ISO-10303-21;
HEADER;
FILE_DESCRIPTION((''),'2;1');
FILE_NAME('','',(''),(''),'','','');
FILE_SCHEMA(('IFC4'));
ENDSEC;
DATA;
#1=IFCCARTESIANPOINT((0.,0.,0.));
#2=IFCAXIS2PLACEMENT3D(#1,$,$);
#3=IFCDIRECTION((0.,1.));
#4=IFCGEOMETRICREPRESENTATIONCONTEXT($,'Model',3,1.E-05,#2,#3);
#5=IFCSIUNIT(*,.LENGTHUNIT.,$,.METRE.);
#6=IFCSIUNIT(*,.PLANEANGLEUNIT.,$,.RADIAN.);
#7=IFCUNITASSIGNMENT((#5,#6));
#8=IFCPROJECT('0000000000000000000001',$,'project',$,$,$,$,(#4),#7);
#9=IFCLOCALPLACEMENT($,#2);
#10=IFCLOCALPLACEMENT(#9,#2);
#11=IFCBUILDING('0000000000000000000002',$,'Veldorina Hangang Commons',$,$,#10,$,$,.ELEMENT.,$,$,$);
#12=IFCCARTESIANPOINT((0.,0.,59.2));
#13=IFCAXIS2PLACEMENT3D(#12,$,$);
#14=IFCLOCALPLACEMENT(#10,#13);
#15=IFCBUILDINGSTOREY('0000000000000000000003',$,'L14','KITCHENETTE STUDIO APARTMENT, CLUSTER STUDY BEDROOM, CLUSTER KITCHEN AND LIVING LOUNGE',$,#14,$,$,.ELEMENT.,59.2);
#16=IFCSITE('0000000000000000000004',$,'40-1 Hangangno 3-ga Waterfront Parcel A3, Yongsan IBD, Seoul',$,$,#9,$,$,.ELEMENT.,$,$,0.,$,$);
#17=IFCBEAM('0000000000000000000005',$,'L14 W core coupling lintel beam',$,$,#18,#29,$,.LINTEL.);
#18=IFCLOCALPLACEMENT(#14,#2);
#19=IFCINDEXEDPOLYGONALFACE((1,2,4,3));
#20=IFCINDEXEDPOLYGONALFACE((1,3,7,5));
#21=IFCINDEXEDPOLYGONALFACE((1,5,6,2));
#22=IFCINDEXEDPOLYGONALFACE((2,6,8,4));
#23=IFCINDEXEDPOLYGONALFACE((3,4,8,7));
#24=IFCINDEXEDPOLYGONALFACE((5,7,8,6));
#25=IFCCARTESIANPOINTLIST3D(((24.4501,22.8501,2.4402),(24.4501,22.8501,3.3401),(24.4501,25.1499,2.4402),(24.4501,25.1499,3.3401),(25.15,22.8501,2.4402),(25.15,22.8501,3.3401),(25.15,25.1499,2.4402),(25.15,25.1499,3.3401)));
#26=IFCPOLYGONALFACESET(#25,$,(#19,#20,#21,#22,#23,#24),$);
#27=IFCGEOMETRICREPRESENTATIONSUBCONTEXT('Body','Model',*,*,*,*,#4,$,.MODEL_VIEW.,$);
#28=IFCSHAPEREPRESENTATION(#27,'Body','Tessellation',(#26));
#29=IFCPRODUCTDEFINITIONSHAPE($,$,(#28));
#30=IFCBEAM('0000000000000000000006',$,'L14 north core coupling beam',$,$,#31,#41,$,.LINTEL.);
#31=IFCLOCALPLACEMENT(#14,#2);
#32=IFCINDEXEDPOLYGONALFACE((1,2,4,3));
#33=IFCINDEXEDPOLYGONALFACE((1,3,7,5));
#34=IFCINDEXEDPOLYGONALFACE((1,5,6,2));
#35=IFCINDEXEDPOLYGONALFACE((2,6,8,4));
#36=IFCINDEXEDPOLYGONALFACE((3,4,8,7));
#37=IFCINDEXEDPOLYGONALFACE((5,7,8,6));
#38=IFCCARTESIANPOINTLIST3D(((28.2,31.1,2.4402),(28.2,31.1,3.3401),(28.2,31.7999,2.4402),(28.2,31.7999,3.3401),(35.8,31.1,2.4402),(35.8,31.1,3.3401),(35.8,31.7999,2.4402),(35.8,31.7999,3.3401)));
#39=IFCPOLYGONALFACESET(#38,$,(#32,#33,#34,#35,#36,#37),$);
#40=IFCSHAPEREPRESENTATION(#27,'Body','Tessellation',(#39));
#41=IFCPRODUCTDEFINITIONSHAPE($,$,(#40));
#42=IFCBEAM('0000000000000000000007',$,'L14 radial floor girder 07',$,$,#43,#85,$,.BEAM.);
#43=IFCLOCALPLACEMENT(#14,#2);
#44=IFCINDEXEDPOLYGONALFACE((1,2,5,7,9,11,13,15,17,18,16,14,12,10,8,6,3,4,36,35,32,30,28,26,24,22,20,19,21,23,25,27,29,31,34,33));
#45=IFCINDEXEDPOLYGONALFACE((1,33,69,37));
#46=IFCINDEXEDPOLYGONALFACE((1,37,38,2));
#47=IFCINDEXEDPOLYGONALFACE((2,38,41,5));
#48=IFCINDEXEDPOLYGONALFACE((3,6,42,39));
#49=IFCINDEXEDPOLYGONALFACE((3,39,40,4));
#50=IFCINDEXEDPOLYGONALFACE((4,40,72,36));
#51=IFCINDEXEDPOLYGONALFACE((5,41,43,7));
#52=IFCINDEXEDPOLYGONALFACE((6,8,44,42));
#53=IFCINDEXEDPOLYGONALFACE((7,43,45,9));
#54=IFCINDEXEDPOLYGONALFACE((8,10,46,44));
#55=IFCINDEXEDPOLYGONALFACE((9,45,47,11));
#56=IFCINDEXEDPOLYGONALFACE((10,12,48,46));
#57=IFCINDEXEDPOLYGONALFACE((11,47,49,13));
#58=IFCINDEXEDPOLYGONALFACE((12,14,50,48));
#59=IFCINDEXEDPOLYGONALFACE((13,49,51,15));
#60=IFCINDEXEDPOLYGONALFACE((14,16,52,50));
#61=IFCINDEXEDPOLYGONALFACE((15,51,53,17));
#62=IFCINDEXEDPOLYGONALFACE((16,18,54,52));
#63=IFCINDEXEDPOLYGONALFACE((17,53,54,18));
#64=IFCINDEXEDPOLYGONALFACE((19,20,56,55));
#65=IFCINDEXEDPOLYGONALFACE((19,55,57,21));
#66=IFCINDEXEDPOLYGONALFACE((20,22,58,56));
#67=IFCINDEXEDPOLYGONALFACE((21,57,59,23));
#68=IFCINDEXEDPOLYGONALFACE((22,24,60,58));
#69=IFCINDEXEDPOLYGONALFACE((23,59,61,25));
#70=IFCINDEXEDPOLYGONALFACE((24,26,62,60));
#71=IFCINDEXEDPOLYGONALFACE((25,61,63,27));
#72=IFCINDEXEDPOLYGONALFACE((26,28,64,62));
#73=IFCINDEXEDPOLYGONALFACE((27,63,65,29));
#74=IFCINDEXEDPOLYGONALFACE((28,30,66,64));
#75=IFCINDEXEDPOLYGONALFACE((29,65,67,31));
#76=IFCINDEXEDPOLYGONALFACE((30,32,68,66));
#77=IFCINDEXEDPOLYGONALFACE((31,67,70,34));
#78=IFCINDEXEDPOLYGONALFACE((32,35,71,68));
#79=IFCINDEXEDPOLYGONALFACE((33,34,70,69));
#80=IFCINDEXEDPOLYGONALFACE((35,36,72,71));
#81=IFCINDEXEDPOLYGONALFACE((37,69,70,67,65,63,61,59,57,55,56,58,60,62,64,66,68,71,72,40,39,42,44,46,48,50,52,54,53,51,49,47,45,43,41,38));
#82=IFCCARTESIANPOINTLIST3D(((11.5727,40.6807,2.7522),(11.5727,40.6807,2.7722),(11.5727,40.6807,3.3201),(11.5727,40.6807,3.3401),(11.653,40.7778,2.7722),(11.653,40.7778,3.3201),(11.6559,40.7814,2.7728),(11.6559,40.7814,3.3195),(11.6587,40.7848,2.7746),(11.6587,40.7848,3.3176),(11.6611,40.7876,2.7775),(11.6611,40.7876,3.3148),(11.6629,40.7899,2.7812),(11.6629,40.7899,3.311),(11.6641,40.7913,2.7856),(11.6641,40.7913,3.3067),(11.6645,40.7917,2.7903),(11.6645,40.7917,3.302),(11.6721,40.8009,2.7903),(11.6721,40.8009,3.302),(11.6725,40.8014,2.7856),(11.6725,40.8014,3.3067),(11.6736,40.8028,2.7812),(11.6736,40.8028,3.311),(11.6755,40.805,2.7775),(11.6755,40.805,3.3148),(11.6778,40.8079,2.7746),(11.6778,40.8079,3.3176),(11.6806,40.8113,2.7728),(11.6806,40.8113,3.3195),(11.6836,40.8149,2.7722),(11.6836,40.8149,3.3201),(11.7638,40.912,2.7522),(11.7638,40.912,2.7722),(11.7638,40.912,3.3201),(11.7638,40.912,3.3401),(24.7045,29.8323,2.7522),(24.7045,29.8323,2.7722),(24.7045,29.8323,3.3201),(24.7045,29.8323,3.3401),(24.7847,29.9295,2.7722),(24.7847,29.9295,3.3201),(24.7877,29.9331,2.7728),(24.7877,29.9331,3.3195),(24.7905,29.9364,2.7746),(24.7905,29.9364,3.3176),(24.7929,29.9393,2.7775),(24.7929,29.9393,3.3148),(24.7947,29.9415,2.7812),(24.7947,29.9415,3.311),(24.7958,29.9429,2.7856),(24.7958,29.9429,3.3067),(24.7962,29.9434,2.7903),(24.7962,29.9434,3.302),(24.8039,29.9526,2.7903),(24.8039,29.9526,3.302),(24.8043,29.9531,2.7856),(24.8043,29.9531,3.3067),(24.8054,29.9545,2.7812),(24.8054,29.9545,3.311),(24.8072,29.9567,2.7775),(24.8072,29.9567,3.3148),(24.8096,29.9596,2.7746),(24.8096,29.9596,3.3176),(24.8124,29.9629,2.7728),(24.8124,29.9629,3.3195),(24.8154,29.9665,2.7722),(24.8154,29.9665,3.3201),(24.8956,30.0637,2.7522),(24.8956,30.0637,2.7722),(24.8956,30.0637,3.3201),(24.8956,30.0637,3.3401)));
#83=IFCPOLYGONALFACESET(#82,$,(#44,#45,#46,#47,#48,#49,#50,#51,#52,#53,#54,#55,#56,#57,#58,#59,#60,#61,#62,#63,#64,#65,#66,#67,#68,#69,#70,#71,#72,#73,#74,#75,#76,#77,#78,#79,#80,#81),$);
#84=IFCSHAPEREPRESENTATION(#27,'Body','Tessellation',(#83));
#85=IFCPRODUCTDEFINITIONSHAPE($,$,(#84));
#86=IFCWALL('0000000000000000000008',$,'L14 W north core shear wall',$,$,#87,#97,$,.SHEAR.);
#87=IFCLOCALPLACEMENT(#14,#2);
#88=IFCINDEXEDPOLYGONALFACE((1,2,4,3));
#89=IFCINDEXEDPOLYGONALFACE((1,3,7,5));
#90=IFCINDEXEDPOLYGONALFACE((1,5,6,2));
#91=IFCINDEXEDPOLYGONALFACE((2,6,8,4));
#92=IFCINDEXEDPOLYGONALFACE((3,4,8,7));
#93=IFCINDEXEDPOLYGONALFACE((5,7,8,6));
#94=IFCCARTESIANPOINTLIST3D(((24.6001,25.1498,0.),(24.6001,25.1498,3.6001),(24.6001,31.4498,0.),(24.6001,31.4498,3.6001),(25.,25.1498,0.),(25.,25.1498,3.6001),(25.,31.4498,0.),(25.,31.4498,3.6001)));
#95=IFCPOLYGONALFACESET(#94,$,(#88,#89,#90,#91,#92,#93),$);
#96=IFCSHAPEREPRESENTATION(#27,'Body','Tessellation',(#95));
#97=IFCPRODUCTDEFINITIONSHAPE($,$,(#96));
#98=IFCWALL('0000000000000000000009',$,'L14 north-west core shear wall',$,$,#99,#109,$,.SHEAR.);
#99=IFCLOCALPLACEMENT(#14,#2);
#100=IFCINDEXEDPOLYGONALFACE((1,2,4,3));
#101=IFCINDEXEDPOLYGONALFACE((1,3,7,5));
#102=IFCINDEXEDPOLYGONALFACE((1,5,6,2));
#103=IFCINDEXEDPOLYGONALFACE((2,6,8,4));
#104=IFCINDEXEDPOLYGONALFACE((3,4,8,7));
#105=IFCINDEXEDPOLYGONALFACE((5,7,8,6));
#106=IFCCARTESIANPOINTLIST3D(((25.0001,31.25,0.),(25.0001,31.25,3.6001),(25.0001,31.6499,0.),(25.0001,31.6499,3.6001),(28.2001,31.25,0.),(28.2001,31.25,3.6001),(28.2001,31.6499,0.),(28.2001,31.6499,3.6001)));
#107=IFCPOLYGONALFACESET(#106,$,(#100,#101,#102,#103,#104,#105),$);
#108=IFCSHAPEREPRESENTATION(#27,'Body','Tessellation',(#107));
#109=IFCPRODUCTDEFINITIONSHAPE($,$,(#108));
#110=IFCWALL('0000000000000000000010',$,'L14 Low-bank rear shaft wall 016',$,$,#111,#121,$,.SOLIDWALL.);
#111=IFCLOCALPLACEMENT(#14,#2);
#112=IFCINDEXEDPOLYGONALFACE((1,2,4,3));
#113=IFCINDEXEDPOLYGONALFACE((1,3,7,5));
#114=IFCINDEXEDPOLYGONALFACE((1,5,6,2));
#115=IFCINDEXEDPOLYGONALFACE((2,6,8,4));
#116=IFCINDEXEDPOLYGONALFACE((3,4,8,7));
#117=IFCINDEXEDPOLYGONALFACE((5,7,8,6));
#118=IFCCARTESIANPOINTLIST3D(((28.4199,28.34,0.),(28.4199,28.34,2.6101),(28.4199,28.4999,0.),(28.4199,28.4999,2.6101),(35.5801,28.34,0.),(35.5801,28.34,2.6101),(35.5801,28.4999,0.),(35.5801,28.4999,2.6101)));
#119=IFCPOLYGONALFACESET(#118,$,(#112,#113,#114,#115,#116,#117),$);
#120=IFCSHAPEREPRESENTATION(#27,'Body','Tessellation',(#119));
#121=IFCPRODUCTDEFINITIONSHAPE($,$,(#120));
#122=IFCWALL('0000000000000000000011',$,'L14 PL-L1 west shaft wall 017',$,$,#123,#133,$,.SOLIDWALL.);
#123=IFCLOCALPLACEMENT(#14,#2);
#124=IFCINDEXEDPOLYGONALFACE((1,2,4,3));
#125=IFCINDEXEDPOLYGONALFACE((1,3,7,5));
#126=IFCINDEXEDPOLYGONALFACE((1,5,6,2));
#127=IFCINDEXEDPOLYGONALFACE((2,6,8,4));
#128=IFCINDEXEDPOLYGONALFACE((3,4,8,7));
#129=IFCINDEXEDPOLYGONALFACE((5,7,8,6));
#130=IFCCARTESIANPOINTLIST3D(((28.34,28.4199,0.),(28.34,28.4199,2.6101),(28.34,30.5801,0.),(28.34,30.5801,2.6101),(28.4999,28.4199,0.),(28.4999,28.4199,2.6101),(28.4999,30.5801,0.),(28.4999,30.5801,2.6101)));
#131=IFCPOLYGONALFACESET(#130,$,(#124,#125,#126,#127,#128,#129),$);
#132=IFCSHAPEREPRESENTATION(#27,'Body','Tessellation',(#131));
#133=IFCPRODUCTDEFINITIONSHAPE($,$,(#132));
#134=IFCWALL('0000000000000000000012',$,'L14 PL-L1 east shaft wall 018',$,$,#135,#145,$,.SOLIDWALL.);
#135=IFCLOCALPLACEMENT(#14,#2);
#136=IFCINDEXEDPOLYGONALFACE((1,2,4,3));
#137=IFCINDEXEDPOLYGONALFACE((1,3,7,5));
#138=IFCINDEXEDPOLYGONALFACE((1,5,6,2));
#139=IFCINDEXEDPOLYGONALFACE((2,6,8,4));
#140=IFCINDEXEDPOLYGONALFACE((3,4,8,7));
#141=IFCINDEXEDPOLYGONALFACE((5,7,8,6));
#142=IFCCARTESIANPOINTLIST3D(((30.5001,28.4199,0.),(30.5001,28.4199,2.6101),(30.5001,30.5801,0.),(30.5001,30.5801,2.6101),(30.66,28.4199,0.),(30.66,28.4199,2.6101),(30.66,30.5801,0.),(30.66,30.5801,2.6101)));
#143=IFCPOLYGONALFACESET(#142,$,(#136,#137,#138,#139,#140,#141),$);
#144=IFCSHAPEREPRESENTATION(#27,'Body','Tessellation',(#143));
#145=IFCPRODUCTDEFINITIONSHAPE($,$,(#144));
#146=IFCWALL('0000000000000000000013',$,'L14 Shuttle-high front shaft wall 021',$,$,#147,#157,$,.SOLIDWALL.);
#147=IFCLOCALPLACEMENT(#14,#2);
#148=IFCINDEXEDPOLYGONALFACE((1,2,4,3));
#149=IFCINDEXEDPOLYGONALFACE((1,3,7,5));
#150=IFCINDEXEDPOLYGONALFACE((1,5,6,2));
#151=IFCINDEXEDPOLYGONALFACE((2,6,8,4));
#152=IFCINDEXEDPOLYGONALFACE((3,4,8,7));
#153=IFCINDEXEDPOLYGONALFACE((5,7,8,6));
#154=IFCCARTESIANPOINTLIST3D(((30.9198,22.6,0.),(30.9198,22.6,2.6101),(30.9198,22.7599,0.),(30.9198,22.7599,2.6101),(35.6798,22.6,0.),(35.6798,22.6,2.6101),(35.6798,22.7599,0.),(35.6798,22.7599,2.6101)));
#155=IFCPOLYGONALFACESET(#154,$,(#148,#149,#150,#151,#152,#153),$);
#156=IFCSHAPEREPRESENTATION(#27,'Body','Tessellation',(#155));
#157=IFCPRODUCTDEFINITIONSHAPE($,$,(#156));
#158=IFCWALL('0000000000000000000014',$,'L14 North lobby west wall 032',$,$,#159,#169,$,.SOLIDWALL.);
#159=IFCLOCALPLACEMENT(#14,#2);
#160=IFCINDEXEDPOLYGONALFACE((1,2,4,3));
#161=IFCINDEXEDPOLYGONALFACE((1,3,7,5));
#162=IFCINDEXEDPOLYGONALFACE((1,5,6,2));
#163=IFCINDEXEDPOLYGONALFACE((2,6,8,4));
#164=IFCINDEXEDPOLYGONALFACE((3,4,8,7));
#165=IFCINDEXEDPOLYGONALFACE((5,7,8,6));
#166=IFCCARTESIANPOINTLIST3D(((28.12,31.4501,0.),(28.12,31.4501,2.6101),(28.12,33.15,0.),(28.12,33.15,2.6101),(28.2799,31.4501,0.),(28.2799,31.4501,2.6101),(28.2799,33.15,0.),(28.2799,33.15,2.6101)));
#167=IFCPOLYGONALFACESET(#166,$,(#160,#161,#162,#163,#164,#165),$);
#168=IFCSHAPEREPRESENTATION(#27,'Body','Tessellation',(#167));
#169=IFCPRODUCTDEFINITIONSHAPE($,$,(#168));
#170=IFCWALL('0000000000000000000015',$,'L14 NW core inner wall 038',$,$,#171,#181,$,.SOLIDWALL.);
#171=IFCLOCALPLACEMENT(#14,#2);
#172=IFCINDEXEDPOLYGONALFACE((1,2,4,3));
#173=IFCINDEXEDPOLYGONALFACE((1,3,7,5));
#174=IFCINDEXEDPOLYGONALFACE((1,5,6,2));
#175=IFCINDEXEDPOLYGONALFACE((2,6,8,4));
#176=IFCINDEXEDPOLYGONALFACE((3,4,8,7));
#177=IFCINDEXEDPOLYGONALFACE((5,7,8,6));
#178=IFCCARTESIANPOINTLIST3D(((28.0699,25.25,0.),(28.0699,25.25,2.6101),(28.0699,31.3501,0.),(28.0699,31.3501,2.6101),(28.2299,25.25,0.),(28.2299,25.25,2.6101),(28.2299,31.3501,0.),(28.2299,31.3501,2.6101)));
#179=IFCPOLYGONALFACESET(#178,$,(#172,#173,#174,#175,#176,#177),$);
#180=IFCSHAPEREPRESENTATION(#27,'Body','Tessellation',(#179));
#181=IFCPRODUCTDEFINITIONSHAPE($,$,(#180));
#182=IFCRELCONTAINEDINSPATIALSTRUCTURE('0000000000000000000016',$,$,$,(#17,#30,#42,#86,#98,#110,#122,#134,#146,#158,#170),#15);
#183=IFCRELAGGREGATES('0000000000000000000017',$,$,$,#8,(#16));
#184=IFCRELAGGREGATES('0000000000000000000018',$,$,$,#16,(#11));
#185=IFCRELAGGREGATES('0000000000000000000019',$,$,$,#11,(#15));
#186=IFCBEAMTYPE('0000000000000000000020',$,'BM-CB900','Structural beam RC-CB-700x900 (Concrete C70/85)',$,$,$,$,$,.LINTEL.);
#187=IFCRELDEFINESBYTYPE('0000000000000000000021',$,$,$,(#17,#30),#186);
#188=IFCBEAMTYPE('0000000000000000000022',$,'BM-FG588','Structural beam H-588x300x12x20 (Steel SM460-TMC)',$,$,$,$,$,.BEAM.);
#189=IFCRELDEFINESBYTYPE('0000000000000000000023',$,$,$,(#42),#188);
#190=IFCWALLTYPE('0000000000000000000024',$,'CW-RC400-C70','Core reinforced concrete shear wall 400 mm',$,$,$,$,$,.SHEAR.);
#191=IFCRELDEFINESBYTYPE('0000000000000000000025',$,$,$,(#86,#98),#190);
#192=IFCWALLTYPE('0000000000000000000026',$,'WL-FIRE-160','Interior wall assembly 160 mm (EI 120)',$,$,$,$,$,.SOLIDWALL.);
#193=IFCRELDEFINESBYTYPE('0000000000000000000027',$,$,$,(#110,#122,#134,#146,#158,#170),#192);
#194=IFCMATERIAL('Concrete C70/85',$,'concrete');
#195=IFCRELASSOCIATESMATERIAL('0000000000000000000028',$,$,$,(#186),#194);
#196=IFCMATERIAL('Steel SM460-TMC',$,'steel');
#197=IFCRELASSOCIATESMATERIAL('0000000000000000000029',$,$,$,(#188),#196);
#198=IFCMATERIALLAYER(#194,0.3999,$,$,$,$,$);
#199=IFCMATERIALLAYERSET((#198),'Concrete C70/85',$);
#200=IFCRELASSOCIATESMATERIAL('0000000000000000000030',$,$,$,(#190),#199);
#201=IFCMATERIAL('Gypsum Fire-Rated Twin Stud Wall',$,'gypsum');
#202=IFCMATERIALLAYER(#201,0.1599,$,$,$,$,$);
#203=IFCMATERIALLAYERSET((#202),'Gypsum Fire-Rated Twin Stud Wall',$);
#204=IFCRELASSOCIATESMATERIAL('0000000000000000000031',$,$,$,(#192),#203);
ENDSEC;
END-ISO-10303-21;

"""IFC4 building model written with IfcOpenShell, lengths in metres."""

from ifc_helpers import new_model, si_unit, direction, frame, frame_2d, origin, origin_2d, place, context, subcontext, project, spatial, rectangle, i_section, extrude, material, layer, layer_set, material_profile, profile_set, type_object, element, save


model = new_model("IFC4")

# Units and contexts
model_context = context("Model", 3, precision=1e-05, world=origin(), true_north=direction((0.0, 1.0)))
body_context = subcontext(model_context, "Body", "Model", "MODEL_VIEW")
ifc_project = project(units=[si_unit("LENGTHUNIT", "METRE"), si_unit("PLANEANGLEUNIT", "RADIAN")], contexts=[model_context])

# Site, building, storey
site_placement = place(None, origin())
site = spatial("IfcSite", under=ifc_project, at=site_placement, Name="40-1 Hangangno 3-ga Waterfront Parcel A3, Yongsan IBD, Seoul", CompositionType="ELEMENT", RefElevation=0.0)
building_placement = place(site_placement, origin())
building = spatial("IfcBuilding", under=site, at=building_placement, Name="Veldorina Hangang Commons", CompositionType="ELEMENT")
storey_placement = place(building_placement, frame((0.0, 0.0, 59.2)))
storey = spatial("IfcBuildingStorey", under=building, at=storey_placement, Name="L14", Description="KITCHENETTE STUDIO APARTMENT, CLUSTER STUDY BEDROOM, CLUSTER KITCHEN AND LIVING LOUNGE", CompositionType="ELEMENT", Elevation=59.2)

# Beams
ifc_material_1 = material(Name="Concrete C70/85", Category="concrete")
ifc_material_profile_1 = material_profile(ifc_material_1, rectangle(XDim=0.7, YDim=0.8999, at=origin_2d()), Name="RC-CB-700x900")
ifc_profile_set_1 = profile_set([ifc_material_profile_1], Name="Concrete C70/85")
beam_type_1 = type_object("IfcBeamType", Name="BM-CB900", Description="Structural beam RC-CB-700x900 (Concrete C70/85)", PredefinedType="LINTEL", material=ifc_profile_set_1)
beam_1_placement = place(storey_placement, frame((24.8, 22.8501, 2.8901), z_axis=(0.0, 1.0, 0.0), x_axis=(-1.0, 0.0, 0.0)))
element("IfcBeam", 1, at=beam_1_placement, inside=storey, type_object=beam_type_1, Name="L14 W core coupling lintel beam", PredefinedType="LINTEL", context=body_context, shape_type="SweptSolid", body=[
    extrude(rectangle(XDim=0.7, YDim=0.8999, at=origin_2d()), origin(), (0.0, 0.0, 1.0), 2.2998),
])
beam_2_placement = place(storey_placement, frame((28.2, 31.45, 2.8901), z_axis=(1.0, 0.0, 0.0), x_axis=(0.0, 1.0, 0.0)))
element("IfcBeam", 2, at=beam_2_placement, inside=storey, type_object=beam_type_1, Name="L14 north core coupling beam", PredefinedType="LINTEL", context=body_context, shape_type="SweptSolid", body=[
    extrude(rectangle(XDim=0.7, YDim=0.8999, at=origin_2d()), origin(), (0.0, 0.0, 1.0), 7.6001),
])
ifc_material_2 = material(Name="Steel SM460-TMC", Category="steel")
ifc_material_profile_2 = material_profile(ifc_material_2, i_section(OverallWidth=0.3, OverallDepth=0.5879, WebThickness=0.012, FlangeThickness=0.02, FilletRadius=0.0181, at=origin_2d()), Name="H-588x300x12x20")
ifc_profile_set_2 = profile_set([ifc_material_profile_2], Name="Steel SM460-TMC")
beam_type_2 = type_object("IfcBeamType", Name="BM-FG588", Description="Structural beam H-588x300x12x20 (Steel SM460-TMC)", PredefinedType="BEAM", material=ifc_profile_set_2)
beam_3_placement = place(storey_placement, frame((24.8, 29.948, 3.0461), z_axis=(-0.770952, 0.636894, 0.0), x_axis=(-0.636894, -0.770952, 0.0)))
element("IfcBeam", 3, at=beam_3_placement, inside=storey, type_object=beam_type_2, Name="L14 radial floor girder 07", PredefinedType="BEAM", context=body_context, shape_type="SweptSolid", body=[
    extrude(i_section(OverallWidth=0.3, OverallDepth=0.5879, WebThickness=0.012, FlangeThickness=0.02, FilletRadius=0.0181, at=origin_2d()), origin(), (0.0, 0.0, 1.0), 17.0332),
])

# Walls
ifc_layer_1 = layer(ifc_material_1, 0.3999)
ifc_layer_set_1 = layer_set([ifc_layer_1], Name="Concrete C70/85")
wall_type_1 = type_object("IfcWallType", Name="CW-RC400-C70", Description="Core reinforced concrete shear wall 400 mm", PredefinedType="SHEAR", material=ifc_layer_set_1)
wall_1_placement = place(storey_placement, frame((24.8, 25.1499, 0.0), z_axis=(0.0, 0.0, 1.0), x_axis=(0.0, 1.0, 0.0)))
element("IfcWall", 4, at=wall_1_placement, inside=storey, type_object=wall_type_1, Name="L14 W north core shear wall", PredefinedType="SHEAR", context=body_context, shape_type="SweptSolid", body=[
    extrude(rectangle(XDim=6.3, YDim=0.3999, at=frame_2d((3.1499, 0.0))), origin(), (0.0, 0.0, 1.0), 3.6001),
])
wall_2_placement = place(storey_placement, frame((25.0, 31.45, 0.0), z_axis=(0.0, 0.0, 1.0), x_axis=(1.0, 0.0, 0.0)))
element("IfcWall", 5, at=wall_2_placement, inside=storey, type_object=wall_type_1, Name="L14 north-west core shear wall", PredefinedType="SHEAR", context=body_context, shape_type="SweptSolid", body=[
    extrude(rectangle(XDim=3.2, YDim=0.3999, at=frame_2d((1.6001, 0.0))), origin(), (0.0, 0.0, 1.0), 3.6001),
])

# Shared definitions
ifc_material_3 = material(Name="Gypsum Fire-Rated Twin Stud Wall", Category="gypsum")
ifc_layer_2 = layer(ifc_material_3, 0.1599)
ifc_layer_set_2 = layer_set([ifc_layer_2], Name="Gypsum Fire-Rated Twin Stud Wall")
wall_type_2 = type_object("IfcWallType", Name="WL-FIRE-160", Description="Interior wall assembly 160 mm (EI 120)", PredefinedType="SOLIDWALL", material=ifc_layer_set_2)

# Walls
wall_3_placement = place(storey_placement, frame((28.4199, 28.4199, 0.0), z_axis=(0.0, 0.0, 1.0), x_axis=(1.0, 0.0, 0.0)))
element("IfcWall", 6, at=wall_3_placement, inside=storey, type_object=wall_type_2, Name="L14 Low-bank rear shaft wall 016", PredefinedType="SOLIDWALL", context=body_context, shape_type="SweptSolid", body=[
    extrude(rectangle(XDim=7.1602, YDim=0.1599, at=frame_2d((3.5801, 0.0))), origin(), (0.0, 0.0, 1.0), 2.6101),
])
for number, where, z_axis, x_axis, name in (
    (7, (28.4199, 28.4199, 0.0), (0.0, 0.0, 1.0), (0.0, 1.0, 0.0), "L14 PL-L1 west shaft wall 017"),
    (8, (30.5801, 28.4199, 0.0), (0.0, 0.0, 1.0), (0.0, 1.0, 0.0), "L14 PL-L1 east shaft wall 018"),
):
    element("IfcWall", number, at=place(storey_placement, frame(where, z_axis=z_axis, x_axis=x_axis)), inside=storey, type_object=wall_type_2, Name=name, PredefinedType="SOLIDWALL", context=body_context, shape_type="SweptSolid", body=[
        extrude(rectangle(XDim=2.1602, YDim=0.1599, at=frame_2d((1.0801, 0.0))), origin(), (0.0, 0.0, 1.0), 2.6101),
    ])
wall_4_placement = place(storey_placement, frame((30.9199, 22.6799, 0.0), z_axis=(0.0, 0.0, 1.0), x_axis=(1.0, 0.0, 0.0)))
element("IfcWall", 9, at=wall_4_placement, inside=storey, type_object=wall_type_2, Name="L14 Shuttle-high front shaft wall 021", PredefinedType="SOLIDWALL", context=body_context, shape_type="SweptSolid", body=[
    extrude(rectangle(XDim=4.76, YDim=0.1599, at=frame_2d((2.3799, 0.0))), origin(), (0.0, 0.0, 1.0), 2.6101),
])
wall_5_placement = place(storey_placement, frame((28.2, 31.45, 0.0), z_axis=(0.0, 0.0, 1.0), x_axis=(0.0, 1.0, 0.0)))
element("IfcWall", 10, at=wall_5_placement, inside=storey, type_object=wall_type_2, Name="L14 North lobby west wall 032", PredefinedType="SOLIDWALL", context=body_context, shape_type="SweptSolid", body=[
    extrude(rectangle(XDim=1.7, YDim=0.1599, at=frame_2d((0.8501, 0.0))), origin(), (0.0, 0.0, 1.0), 2.6101),
])
wall_6_placement = place(storey_placement, frame((28.1499, 25.25, 0.0), z_axis=(0.0, 0.0, 1.0), x_axis=(0.0, 1.0, 0.0)))
element("IfcWall", 11, at=wall_6_placement, inside=storey, type_object=wall_type_2, Name="L14 NW core inner wall 038", PredefinedType="SOLIDWALL", context=body_context, shape_type="SweptSolid", body=[
    extrude(rectangle(XDim=6.1001, YDim=0.1599, at=frame_2d((3.05, 0.0))), origin(), (0.0, 0.0, 1.0), 2.6101),
])

save(model, "model.ifc")
